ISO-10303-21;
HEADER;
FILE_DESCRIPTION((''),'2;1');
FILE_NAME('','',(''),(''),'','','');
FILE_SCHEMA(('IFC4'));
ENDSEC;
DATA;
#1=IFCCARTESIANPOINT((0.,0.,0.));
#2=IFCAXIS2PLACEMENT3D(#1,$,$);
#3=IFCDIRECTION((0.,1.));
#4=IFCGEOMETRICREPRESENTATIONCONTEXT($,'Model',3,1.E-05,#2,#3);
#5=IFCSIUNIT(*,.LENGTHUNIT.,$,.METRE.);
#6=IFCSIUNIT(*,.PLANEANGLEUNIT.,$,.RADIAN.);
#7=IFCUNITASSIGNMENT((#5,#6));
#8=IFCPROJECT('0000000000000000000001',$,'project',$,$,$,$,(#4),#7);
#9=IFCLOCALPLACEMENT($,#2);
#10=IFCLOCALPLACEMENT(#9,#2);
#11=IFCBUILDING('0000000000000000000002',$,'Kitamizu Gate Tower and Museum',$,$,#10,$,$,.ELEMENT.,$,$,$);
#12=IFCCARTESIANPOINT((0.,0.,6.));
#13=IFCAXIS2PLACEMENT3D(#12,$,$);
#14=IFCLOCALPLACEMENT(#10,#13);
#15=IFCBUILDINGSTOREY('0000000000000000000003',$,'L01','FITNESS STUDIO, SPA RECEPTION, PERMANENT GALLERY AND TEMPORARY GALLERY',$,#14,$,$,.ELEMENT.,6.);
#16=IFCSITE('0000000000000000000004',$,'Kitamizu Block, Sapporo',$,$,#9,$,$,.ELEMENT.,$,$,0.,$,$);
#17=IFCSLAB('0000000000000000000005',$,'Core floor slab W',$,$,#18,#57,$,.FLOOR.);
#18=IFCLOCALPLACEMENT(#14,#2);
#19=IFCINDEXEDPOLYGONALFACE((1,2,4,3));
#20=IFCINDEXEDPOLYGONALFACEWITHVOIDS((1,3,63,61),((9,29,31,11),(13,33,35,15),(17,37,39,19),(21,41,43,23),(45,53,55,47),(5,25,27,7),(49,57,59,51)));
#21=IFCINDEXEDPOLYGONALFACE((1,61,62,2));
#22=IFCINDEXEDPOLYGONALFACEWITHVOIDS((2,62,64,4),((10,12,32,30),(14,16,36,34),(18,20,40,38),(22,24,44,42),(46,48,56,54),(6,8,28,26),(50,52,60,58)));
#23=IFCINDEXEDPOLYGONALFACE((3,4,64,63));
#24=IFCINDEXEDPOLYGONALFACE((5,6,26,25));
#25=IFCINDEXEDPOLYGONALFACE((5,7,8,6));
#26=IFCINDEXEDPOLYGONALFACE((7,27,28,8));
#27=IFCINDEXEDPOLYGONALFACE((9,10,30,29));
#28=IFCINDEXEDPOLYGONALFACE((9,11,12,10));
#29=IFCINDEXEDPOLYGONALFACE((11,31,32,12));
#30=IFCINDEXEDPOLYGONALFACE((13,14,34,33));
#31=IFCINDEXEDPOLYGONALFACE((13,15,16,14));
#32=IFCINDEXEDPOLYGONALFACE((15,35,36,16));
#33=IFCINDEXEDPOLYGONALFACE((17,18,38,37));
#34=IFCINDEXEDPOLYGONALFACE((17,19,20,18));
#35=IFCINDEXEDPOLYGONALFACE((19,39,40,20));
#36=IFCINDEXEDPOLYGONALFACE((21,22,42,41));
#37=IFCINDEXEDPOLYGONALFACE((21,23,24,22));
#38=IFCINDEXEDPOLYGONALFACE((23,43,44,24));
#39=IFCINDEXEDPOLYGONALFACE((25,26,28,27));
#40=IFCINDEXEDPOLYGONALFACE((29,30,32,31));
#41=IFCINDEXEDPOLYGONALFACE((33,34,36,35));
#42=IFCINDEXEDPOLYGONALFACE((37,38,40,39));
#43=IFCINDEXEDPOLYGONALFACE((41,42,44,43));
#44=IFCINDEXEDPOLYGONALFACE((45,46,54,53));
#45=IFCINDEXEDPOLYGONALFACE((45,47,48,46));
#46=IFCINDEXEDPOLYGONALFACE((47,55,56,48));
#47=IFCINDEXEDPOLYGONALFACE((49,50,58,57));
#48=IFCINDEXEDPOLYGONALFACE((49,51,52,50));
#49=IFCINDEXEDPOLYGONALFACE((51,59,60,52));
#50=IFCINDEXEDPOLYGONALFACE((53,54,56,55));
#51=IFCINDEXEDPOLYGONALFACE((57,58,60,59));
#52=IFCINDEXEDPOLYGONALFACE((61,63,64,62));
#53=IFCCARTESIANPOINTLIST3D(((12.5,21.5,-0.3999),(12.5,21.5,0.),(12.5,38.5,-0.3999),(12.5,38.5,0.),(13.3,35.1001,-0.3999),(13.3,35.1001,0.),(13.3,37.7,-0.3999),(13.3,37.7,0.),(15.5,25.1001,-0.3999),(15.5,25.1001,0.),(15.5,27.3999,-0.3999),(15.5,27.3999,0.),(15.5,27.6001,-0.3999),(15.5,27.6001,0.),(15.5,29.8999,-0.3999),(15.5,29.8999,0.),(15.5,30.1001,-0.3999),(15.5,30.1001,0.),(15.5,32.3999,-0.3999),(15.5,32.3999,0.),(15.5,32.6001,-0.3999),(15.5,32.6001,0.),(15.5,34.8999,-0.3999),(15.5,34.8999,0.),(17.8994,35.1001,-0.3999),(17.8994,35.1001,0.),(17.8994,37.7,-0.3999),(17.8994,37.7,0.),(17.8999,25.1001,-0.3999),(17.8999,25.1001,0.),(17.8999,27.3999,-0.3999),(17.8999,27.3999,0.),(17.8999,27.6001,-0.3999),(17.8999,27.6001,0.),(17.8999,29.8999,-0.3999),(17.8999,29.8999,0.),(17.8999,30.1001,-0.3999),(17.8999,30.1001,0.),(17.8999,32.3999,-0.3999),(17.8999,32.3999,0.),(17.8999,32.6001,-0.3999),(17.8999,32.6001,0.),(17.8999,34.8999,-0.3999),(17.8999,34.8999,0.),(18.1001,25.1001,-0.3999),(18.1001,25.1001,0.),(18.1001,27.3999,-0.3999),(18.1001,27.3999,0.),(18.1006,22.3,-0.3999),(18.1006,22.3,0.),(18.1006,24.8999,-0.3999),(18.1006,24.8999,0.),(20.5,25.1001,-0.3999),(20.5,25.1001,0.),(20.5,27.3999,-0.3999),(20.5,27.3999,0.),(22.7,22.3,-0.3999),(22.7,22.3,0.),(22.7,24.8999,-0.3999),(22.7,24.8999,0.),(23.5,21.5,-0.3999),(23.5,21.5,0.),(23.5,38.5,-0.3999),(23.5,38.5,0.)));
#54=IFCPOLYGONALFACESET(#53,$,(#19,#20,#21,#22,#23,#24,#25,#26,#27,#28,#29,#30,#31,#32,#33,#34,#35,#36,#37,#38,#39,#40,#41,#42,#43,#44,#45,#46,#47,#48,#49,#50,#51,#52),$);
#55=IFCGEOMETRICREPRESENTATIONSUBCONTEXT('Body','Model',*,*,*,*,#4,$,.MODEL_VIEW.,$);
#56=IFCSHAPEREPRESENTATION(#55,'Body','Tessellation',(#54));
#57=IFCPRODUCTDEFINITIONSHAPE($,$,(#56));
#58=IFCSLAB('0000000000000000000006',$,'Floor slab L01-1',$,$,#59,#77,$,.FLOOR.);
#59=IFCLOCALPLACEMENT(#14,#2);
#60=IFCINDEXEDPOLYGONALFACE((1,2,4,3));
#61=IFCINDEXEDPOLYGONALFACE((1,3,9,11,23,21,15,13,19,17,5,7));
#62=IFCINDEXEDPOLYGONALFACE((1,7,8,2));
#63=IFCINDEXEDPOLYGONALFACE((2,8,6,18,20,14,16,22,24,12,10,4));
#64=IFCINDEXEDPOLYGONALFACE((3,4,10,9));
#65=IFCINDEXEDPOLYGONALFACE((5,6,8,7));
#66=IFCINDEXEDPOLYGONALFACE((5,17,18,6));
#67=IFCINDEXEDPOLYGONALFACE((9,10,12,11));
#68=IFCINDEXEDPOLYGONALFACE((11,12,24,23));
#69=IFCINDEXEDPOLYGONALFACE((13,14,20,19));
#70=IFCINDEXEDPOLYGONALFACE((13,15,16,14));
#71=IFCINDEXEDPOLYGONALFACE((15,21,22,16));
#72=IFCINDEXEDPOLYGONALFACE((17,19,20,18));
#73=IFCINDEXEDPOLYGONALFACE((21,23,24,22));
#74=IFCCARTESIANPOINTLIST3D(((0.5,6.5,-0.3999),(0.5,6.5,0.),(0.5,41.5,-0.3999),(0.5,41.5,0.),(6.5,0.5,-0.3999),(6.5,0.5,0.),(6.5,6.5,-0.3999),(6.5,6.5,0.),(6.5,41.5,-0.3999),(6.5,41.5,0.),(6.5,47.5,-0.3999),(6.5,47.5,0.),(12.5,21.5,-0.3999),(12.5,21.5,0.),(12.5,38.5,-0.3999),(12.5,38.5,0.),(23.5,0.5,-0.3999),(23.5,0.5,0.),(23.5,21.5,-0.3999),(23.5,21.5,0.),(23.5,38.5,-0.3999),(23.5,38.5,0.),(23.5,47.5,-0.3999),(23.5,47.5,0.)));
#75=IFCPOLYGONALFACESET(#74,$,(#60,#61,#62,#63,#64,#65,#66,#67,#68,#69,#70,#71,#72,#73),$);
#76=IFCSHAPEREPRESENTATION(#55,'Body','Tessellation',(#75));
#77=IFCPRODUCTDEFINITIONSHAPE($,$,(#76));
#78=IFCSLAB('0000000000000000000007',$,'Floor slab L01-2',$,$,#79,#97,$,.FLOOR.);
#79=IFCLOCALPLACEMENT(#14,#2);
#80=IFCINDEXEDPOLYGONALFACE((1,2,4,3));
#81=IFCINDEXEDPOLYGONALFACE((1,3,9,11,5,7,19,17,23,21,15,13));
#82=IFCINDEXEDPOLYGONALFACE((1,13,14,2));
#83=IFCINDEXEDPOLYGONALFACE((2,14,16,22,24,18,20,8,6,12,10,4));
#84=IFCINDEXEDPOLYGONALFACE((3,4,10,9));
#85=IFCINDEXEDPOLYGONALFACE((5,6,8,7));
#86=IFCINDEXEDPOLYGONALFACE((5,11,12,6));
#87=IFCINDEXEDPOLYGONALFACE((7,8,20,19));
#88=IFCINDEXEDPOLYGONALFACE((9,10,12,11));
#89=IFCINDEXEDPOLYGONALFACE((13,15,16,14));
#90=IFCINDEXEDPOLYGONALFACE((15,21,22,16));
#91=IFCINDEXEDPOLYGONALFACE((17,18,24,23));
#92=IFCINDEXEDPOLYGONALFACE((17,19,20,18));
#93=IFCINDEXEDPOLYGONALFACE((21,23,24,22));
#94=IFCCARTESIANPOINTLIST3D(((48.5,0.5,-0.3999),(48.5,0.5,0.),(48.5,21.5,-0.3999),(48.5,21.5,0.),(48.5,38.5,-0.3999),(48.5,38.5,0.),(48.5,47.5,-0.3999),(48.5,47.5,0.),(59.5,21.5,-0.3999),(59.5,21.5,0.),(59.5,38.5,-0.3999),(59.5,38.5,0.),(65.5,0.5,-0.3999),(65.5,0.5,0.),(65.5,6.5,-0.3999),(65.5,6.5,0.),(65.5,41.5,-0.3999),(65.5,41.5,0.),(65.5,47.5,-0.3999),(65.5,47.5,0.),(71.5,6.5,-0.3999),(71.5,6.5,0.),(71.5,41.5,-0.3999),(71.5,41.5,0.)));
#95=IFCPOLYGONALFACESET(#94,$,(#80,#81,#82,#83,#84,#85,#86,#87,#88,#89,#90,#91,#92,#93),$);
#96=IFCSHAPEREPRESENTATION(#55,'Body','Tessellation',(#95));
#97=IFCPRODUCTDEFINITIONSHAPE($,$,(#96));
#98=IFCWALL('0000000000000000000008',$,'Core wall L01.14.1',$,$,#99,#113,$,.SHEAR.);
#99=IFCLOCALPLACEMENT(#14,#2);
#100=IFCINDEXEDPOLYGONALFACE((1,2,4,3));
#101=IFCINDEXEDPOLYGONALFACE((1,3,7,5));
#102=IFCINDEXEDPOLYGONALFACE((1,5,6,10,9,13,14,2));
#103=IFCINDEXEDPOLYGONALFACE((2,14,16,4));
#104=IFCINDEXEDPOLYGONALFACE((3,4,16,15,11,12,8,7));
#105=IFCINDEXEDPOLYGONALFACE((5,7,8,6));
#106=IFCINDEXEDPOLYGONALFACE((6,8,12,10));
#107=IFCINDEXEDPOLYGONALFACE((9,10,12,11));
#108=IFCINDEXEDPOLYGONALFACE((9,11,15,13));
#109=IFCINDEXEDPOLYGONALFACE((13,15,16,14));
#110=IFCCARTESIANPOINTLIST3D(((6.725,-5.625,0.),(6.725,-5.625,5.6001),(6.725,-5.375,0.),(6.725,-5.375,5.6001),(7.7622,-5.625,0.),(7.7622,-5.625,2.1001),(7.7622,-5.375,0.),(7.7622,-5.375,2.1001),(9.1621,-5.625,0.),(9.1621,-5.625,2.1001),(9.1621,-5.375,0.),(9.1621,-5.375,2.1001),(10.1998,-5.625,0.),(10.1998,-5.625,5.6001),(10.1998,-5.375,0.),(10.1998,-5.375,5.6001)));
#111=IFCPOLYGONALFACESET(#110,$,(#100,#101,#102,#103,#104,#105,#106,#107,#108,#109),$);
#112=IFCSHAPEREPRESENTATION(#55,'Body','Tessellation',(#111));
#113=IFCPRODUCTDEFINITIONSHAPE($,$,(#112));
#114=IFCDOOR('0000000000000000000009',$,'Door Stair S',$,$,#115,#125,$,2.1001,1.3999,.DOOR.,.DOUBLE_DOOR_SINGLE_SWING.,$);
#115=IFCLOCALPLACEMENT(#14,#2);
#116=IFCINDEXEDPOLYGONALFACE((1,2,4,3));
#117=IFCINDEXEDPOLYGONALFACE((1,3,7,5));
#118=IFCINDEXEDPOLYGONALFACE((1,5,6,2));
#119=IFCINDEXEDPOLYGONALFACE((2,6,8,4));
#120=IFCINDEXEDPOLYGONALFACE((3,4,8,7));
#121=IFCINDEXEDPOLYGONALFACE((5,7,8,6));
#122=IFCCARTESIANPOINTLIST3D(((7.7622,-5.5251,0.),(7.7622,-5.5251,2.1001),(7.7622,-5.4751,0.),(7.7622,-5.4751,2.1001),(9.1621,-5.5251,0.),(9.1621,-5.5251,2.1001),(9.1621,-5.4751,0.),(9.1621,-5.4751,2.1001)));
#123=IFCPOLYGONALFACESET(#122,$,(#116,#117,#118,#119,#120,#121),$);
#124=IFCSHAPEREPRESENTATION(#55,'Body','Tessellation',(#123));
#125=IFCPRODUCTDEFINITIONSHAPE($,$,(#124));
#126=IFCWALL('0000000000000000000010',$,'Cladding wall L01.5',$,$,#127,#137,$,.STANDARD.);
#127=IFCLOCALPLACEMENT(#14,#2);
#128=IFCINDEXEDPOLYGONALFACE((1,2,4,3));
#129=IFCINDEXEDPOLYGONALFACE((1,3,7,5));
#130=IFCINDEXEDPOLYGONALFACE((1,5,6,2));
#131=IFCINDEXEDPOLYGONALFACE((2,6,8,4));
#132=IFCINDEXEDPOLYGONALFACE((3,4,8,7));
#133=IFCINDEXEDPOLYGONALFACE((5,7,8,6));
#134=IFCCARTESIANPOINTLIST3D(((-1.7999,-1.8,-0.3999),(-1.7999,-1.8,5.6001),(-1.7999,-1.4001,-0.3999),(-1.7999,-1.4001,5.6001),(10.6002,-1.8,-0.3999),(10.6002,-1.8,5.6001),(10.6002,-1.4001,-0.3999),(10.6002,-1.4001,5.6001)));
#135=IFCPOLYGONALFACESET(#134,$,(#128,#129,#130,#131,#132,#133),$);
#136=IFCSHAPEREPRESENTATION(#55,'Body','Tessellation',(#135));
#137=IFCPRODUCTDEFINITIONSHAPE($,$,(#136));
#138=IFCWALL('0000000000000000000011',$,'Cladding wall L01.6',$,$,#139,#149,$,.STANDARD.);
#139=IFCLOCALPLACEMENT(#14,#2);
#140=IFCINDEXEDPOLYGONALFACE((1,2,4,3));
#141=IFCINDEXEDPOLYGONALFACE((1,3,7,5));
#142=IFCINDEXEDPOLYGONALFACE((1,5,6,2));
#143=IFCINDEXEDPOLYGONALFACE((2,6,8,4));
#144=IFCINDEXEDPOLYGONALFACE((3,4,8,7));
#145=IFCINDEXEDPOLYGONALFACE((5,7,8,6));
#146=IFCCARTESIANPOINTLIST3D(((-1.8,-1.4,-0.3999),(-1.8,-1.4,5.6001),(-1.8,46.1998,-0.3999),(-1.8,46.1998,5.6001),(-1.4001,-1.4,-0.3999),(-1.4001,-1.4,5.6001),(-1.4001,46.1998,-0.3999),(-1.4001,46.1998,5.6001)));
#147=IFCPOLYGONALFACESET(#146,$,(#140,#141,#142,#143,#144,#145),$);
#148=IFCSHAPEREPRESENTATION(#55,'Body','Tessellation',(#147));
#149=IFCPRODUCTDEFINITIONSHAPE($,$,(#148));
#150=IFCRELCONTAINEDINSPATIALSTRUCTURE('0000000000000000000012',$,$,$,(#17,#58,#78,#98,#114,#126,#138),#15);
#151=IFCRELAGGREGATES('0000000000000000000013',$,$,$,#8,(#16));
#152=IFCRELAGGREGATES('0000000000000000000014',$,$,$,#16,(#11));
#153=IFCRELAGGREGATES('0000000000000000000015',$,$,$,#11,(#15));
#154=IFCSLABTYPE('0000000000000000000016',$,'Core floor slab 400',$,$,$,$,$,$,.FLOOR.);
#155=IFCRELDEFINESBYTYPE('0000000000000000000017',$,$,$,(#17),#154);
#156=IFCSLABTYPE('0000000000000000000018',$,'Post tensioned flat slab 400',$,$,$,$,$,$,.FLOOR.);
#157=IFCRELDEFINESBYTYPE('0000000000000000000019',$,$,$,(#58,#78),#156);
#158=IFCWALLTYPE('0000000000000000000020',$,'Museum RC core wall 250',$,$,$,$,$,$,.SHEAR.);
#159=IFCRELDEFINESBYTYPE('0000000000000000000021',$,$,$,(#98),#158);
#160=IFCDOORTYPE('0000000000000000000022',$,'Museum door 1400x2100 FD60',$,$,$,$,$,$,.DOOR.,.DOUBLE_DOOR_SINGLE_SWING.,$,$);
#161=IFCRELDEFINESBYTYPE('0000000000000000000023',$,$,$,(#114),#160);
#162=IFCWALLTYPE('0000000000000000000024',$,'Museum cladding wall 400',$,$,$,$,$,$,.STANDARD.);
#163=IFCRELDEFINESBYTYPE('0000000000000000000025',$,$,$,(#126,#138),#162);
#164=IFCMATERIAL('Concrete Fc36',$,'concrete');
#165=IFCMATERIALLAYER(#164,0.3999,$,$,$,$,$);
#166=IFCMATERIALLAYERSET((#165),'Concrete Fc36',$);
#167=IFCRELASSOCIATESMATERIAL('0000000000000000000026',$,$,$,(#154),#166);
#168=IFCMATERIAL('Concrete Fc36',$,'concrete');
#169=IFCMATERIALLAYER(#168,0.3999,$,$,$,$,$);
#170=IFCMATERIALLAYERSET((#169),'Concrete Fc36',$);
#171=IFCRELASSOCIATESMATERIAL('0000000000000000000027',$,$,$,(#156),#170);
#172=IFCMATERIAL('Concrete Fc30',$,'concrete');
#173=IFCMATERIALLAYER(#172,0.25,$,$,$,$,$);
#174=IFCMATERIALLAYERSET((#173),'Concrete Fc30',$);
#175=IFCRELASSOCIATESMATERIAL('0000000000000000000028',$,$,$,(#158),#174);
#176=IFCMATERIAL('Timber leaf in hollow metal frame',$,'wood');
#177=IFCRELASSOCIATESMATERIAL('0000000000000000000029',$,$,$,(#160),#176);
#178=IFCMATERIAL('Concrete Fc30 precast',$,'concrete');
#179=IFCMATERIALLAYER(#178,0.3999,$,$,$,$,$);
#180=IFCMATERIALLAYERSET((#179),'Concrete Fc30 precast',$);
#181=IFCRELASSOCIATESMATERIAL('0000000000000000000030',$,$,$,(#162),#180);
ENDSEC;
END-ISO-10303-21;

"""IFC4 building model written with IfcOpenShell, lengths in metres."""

from ifc_helpers import new_model, si_unit, direction, frame, frame_2d, origin, place, context, subcontext, project, spatial, polyline, rectangle, outline, extrude, material, layer, layer_set, type_object, element, fill, save


model = new_model("IFC4")

# Units and contexts
model_context = context("Model", 3, precision=1e-05, world=origin(), true_north=direction((0.0, 1.0)))
body_context = subcontext(model_context, "Body", "Model", "MODEL_VIEW")
ifc_project = project(units=[si_unit("LENGTHUNIT", "METRE"), si_unit("PLANEANGLEUNIT", "RADIAN")], contexts=[model_context])

# Site, building, storey
site_placement = place(None, origin())
site = spatial("IfcSite", under=ifc_project, at=site_placement, Name="Kitamizu Block, Sapporo", CompositionType="ELEMENT", RefElevation=0.0)
building_placement = place(site_placement, origin())
building = spatial("IfcBuilding", under=site, at=building_placement, Name="Kitamizu Gate Tower and Museum", CompositionType="ELEMENT")
storey_placement = place(building_placement, frame((0.0, 0.0, 6.0)))
storey = spatial("IfcBuildingStorey", under=building, at=storey_placement, Name="L01", Description="FITNESS STUDIO, SPA RECEPTION, PERMANENT GALLERY AND TEMPORARY GALLERY", CompositionType="ELEMENT", Elevation=6.0)

# Slabs
ifc_material_1 = material(Name="Concrete Fc36", Category="concrete")
ifc_layer_1 = layer(ifc_material_1, 0.3999)
ifc_layer_set_1 = layer_set([ifc_layer_1], Name="Concrete Fc36")
slab_type_1 = type_object("IfcSlabType", Name="Core floor slab 400", PredefinedType="FLOOR", material=ifc_layer_set_1)
slab_1_placement = place(storey_placement, frame((0.0, 0.0, -0.3999)))
element("IfcSlab", 1, at=slab_1_placement, inside=storey, type_object=slab_type_1, Name="Core floor slab W", PredefinedType="FLOOR", context=body_context, shape_type="SweptSolid", body=[
    extrude(outline(polyline([(12.5, 21.5), (23.5, 21.5), (23.5, 38.5), (12.5, 38.5), (12.5, 21.5)]), holes=[polyline([(15.5, 25.1001), (17.8999, 25.1001), (17.8999, 27.3999), (15.5, 27.3999), (15.5, 25.1001)]), polyline([(15.5, 27.6001), (17.8999, 27.6001), (17.8999, 29.8999), (15.5, 29.8999), (15.5, 27.6001)]), polyline([(15.5, 30.1001), (17.8999, 30.1001), (17.8999, 32.3999), (15.5, 32.3999), (15.5, 30.1001)]), polyline([(15.5, 32.6001), (17.8999, 32.6001), (17.8999, 34.8999), (15.5, 34.8999), (15.5, 32.6001)]), polyline([(18.1001, 25.1001), (20.5, 25.1001), (20.5, 27.3999), (18.1001, 27.3999), (18.1001, 25.1001)]), polyline([(18.1006, 22.3), (22.7, 22.3), (22.7, 24.8999), (18.1006, 24.8999), (18.1006, 22.3)]), polyline([(13.3, 35.1001), (17.8994, 35.1001), (17.8994, 37.7), (13.3, 37.7), (13.3, 35.1001)])]), origin(), (0.0, 0.0, 1.0), 0.3999),
])
ifc_material_2 = material(Name="Concrete Fc36", Category="concrete")
ifc_layer_2 = layer(ifc_material_2, 0.3999)
ifc_layer_set_2 = layer_set([ifc_layer_2], Name="Concrete Fc36")
slab_type_2 = type_object("IfcSlabType", Name="Post tensioned flat slab 400", PredefinedType="FLOOR", material=ifc_layer_set_2)
slab_2_placement = place(storey_placement, frame((0.0, 0.0, -0.3999)))
element("IfcSlab", 2, at=slab_2_placement, inside=storey, type_object=slab_type_2, Name="Floor slab L01-1", PredefinedType="FLOOR", context=body_context, shape_type="SweptSolid", body=[
    extrude(outline(polyline([(6.5, 47.5), (23.5, 47.5), (23.5, 38.5), (12.5, 38.5), (12.5, 21.5), (23.5, 21.5), (23.5, 0.5), (6.5, 0.5), (6.5, 6.5), (0.5, 6.5), (0.5, 41.5), (6.5, 41.5), (6.5, 47.5)])), origin(), (0.0, 0.0, 1.0), 0.3999),
])
slab_3_placement = place(storey_placement, frame((0.0, 0.0, -0.3999)))
element("IfcSlab", 3, at=slab_3_placement, inside=storey, type_object=slab_type_2, Name="Floor slab L01-2", PredefinedType="FLOOR", context=body_context, shape_type="SweptSolid", body=[
    extrude(outline(polyline([(71.5, 6.5), (65.5, 6.5), (65.5, 0.5), (48.5, 0.5), (48.5, 21.5), (59.5, 21.5), (59.5, 38.5), (48.5, 38.5), (48.5, 47.5), (65.5, 47.5), (65.5, 41.5), (71.5, 41.5), (71.5, 6.5)])), origin(), (0.0, 0.0, 1.0), 0.3999),
])

# Wall, opening, door
ifc_material_3 = material(Name="Concrete Fc30", Category="concrete")
ifc_layer_3 = layer(ifc_material_3, 0.25)
ifc_layer_set_3 = layer_set([ifc_layer_3], Name="Concrete Fc30")
wall_type_1 = type_object("IfcWallType", Name="Museum RC core wall 250", PredefinedType="SHEAR", material=ifc_layer_set_3)
wall_1_placement = place(storey_placement, frame((6.7251, -5.5, 0.0), z_axis=(0.0, 0.0, 1.0), x_axis=(1.0, 0.0, 0.0)))
wall_1 = element("IfcWall", 4, at=wall_1_placement, inside=storey, type_object=wall_type_1, Name="Core wall L01.14.1", PredefinedType="SHEAR", context=body_context, shape_type="SweptSolid", body=[
    extrude(rectangle(XDim=3.4749, YDim=0.25, at=frame_2d((1.7373, 0.0))), origin(), (0.0, 0.0, 1.0), 5.6001),
])
opening_1_placement = place(wall_1_placement, frame((1.0371, 0.0, 0.0)))
opening_1 = element("IfcOpeningElement", 5, at=opening_1_placement, cuts=wall_1, PredefinedType="OPENING", context=body_context, shape_type="SweptSolid", body=[
    extrude(rectangle(XDim=1.3999, YDim=2.1001, at=frame_2d((0.7, 1.05))), frame((0.0, 0.135, 0.0), z_axis=(0.0, -1.0, 0.0), x_axis=(1.0, 0.0, 0.0)), (0.0, 0.0, 1.0), 0.27),
])
ifc_material_4 = material(Name="Timber leaf in hollow metal frame", Category="wood")
door_type_1 = type_object("IfcDoorType", Name="Museum door 1400x2100 FD60", OperationType="DOUBLE_DOOR_SINGLE_SWING", PredefinedType="DOOR", material=ifc_material_4)
door_1_placement = place(opening_1_placement, origin())
door_1 = element("IfcDoor", 6, at=door_1_placement, inside=storey, type_object=door_type_1, Name="Door Stair S", OperationType="DOUBLE_DOOR_SINGLE_SWING", OverallHeight=2.1001, OverallWidth=1.3999, PredefinedType="DOOR", context=body_context, shape_type="SweptSolid", body=[
    extrude(rectangle(XDim=1.3999, YDim=2.1001, at=frame_2d((0.7, 1.05))), frame((0.0, 0.0249, 0.0), z_axis=(0.0, -1.0, 0.0), x_axis=(1.0, 0.0, 0.0)), (0.0, 0.0, 1.0), 0.05),
])
fill(opening_1, door_1)

# Walls
ifc_material_5 = material(Name="Concrete Fc30 precast", Category="concrete")
ifc_layer_4 = layer(ifc_material_5, 0.3999)
ifc_layer_set_4 = layer_set([ifc_layer_4], Name="Concrete Fc30 precast")
wall_type_2 = type_object("IfcWallType", Name="Museum cladding wall 400", PredefinedType="STANDARD", material=ifc_layer_set_4)
wall_2_placement = place(storey_placement, frame((-1.8, -1.6001, -0.3999), z_axis=(0.0, 0.0, 1.0), x_axis=(1.0, 0.0, 0.0)))
element("IfcWall", 7, at=wall_2_placement, inside=storey, type_object=wall_type_2, Name="Cladding wall L01.5", PredefinedType="STANDARD", context=body_context, shape_type="SweptSolid", body=[
    extrude(rectangle(XDim=12.4001, YDim=0.3999, at=frame_2d((6.2002, 0.0))), origin(), (0.0, 0.0, 1.0), 6.0),
])
wall_3_placement = place(storey_placement, frame((-1.6001, -1.3999, -0.3999), z_axis=(0.0, 0.0, 1.0), x_axis=(0.0, 1.0, 0.0)))
element("IfcWall", 8, at=wall_3_placement, inside=storey, type_object=wall_type_2, Name="Cladding wall L01.6", PredefinedType="STANDARD", context=body_context, shape_type="SweptSolid", body=[
    extrude(rectangle(XDim=47.5999, YDim=0.3999, at=frame_2d((23.7998, 0.0))), origin(), (0.0, 0.0, 1.0), 6.0),
])

save(model, "model.ifc")
